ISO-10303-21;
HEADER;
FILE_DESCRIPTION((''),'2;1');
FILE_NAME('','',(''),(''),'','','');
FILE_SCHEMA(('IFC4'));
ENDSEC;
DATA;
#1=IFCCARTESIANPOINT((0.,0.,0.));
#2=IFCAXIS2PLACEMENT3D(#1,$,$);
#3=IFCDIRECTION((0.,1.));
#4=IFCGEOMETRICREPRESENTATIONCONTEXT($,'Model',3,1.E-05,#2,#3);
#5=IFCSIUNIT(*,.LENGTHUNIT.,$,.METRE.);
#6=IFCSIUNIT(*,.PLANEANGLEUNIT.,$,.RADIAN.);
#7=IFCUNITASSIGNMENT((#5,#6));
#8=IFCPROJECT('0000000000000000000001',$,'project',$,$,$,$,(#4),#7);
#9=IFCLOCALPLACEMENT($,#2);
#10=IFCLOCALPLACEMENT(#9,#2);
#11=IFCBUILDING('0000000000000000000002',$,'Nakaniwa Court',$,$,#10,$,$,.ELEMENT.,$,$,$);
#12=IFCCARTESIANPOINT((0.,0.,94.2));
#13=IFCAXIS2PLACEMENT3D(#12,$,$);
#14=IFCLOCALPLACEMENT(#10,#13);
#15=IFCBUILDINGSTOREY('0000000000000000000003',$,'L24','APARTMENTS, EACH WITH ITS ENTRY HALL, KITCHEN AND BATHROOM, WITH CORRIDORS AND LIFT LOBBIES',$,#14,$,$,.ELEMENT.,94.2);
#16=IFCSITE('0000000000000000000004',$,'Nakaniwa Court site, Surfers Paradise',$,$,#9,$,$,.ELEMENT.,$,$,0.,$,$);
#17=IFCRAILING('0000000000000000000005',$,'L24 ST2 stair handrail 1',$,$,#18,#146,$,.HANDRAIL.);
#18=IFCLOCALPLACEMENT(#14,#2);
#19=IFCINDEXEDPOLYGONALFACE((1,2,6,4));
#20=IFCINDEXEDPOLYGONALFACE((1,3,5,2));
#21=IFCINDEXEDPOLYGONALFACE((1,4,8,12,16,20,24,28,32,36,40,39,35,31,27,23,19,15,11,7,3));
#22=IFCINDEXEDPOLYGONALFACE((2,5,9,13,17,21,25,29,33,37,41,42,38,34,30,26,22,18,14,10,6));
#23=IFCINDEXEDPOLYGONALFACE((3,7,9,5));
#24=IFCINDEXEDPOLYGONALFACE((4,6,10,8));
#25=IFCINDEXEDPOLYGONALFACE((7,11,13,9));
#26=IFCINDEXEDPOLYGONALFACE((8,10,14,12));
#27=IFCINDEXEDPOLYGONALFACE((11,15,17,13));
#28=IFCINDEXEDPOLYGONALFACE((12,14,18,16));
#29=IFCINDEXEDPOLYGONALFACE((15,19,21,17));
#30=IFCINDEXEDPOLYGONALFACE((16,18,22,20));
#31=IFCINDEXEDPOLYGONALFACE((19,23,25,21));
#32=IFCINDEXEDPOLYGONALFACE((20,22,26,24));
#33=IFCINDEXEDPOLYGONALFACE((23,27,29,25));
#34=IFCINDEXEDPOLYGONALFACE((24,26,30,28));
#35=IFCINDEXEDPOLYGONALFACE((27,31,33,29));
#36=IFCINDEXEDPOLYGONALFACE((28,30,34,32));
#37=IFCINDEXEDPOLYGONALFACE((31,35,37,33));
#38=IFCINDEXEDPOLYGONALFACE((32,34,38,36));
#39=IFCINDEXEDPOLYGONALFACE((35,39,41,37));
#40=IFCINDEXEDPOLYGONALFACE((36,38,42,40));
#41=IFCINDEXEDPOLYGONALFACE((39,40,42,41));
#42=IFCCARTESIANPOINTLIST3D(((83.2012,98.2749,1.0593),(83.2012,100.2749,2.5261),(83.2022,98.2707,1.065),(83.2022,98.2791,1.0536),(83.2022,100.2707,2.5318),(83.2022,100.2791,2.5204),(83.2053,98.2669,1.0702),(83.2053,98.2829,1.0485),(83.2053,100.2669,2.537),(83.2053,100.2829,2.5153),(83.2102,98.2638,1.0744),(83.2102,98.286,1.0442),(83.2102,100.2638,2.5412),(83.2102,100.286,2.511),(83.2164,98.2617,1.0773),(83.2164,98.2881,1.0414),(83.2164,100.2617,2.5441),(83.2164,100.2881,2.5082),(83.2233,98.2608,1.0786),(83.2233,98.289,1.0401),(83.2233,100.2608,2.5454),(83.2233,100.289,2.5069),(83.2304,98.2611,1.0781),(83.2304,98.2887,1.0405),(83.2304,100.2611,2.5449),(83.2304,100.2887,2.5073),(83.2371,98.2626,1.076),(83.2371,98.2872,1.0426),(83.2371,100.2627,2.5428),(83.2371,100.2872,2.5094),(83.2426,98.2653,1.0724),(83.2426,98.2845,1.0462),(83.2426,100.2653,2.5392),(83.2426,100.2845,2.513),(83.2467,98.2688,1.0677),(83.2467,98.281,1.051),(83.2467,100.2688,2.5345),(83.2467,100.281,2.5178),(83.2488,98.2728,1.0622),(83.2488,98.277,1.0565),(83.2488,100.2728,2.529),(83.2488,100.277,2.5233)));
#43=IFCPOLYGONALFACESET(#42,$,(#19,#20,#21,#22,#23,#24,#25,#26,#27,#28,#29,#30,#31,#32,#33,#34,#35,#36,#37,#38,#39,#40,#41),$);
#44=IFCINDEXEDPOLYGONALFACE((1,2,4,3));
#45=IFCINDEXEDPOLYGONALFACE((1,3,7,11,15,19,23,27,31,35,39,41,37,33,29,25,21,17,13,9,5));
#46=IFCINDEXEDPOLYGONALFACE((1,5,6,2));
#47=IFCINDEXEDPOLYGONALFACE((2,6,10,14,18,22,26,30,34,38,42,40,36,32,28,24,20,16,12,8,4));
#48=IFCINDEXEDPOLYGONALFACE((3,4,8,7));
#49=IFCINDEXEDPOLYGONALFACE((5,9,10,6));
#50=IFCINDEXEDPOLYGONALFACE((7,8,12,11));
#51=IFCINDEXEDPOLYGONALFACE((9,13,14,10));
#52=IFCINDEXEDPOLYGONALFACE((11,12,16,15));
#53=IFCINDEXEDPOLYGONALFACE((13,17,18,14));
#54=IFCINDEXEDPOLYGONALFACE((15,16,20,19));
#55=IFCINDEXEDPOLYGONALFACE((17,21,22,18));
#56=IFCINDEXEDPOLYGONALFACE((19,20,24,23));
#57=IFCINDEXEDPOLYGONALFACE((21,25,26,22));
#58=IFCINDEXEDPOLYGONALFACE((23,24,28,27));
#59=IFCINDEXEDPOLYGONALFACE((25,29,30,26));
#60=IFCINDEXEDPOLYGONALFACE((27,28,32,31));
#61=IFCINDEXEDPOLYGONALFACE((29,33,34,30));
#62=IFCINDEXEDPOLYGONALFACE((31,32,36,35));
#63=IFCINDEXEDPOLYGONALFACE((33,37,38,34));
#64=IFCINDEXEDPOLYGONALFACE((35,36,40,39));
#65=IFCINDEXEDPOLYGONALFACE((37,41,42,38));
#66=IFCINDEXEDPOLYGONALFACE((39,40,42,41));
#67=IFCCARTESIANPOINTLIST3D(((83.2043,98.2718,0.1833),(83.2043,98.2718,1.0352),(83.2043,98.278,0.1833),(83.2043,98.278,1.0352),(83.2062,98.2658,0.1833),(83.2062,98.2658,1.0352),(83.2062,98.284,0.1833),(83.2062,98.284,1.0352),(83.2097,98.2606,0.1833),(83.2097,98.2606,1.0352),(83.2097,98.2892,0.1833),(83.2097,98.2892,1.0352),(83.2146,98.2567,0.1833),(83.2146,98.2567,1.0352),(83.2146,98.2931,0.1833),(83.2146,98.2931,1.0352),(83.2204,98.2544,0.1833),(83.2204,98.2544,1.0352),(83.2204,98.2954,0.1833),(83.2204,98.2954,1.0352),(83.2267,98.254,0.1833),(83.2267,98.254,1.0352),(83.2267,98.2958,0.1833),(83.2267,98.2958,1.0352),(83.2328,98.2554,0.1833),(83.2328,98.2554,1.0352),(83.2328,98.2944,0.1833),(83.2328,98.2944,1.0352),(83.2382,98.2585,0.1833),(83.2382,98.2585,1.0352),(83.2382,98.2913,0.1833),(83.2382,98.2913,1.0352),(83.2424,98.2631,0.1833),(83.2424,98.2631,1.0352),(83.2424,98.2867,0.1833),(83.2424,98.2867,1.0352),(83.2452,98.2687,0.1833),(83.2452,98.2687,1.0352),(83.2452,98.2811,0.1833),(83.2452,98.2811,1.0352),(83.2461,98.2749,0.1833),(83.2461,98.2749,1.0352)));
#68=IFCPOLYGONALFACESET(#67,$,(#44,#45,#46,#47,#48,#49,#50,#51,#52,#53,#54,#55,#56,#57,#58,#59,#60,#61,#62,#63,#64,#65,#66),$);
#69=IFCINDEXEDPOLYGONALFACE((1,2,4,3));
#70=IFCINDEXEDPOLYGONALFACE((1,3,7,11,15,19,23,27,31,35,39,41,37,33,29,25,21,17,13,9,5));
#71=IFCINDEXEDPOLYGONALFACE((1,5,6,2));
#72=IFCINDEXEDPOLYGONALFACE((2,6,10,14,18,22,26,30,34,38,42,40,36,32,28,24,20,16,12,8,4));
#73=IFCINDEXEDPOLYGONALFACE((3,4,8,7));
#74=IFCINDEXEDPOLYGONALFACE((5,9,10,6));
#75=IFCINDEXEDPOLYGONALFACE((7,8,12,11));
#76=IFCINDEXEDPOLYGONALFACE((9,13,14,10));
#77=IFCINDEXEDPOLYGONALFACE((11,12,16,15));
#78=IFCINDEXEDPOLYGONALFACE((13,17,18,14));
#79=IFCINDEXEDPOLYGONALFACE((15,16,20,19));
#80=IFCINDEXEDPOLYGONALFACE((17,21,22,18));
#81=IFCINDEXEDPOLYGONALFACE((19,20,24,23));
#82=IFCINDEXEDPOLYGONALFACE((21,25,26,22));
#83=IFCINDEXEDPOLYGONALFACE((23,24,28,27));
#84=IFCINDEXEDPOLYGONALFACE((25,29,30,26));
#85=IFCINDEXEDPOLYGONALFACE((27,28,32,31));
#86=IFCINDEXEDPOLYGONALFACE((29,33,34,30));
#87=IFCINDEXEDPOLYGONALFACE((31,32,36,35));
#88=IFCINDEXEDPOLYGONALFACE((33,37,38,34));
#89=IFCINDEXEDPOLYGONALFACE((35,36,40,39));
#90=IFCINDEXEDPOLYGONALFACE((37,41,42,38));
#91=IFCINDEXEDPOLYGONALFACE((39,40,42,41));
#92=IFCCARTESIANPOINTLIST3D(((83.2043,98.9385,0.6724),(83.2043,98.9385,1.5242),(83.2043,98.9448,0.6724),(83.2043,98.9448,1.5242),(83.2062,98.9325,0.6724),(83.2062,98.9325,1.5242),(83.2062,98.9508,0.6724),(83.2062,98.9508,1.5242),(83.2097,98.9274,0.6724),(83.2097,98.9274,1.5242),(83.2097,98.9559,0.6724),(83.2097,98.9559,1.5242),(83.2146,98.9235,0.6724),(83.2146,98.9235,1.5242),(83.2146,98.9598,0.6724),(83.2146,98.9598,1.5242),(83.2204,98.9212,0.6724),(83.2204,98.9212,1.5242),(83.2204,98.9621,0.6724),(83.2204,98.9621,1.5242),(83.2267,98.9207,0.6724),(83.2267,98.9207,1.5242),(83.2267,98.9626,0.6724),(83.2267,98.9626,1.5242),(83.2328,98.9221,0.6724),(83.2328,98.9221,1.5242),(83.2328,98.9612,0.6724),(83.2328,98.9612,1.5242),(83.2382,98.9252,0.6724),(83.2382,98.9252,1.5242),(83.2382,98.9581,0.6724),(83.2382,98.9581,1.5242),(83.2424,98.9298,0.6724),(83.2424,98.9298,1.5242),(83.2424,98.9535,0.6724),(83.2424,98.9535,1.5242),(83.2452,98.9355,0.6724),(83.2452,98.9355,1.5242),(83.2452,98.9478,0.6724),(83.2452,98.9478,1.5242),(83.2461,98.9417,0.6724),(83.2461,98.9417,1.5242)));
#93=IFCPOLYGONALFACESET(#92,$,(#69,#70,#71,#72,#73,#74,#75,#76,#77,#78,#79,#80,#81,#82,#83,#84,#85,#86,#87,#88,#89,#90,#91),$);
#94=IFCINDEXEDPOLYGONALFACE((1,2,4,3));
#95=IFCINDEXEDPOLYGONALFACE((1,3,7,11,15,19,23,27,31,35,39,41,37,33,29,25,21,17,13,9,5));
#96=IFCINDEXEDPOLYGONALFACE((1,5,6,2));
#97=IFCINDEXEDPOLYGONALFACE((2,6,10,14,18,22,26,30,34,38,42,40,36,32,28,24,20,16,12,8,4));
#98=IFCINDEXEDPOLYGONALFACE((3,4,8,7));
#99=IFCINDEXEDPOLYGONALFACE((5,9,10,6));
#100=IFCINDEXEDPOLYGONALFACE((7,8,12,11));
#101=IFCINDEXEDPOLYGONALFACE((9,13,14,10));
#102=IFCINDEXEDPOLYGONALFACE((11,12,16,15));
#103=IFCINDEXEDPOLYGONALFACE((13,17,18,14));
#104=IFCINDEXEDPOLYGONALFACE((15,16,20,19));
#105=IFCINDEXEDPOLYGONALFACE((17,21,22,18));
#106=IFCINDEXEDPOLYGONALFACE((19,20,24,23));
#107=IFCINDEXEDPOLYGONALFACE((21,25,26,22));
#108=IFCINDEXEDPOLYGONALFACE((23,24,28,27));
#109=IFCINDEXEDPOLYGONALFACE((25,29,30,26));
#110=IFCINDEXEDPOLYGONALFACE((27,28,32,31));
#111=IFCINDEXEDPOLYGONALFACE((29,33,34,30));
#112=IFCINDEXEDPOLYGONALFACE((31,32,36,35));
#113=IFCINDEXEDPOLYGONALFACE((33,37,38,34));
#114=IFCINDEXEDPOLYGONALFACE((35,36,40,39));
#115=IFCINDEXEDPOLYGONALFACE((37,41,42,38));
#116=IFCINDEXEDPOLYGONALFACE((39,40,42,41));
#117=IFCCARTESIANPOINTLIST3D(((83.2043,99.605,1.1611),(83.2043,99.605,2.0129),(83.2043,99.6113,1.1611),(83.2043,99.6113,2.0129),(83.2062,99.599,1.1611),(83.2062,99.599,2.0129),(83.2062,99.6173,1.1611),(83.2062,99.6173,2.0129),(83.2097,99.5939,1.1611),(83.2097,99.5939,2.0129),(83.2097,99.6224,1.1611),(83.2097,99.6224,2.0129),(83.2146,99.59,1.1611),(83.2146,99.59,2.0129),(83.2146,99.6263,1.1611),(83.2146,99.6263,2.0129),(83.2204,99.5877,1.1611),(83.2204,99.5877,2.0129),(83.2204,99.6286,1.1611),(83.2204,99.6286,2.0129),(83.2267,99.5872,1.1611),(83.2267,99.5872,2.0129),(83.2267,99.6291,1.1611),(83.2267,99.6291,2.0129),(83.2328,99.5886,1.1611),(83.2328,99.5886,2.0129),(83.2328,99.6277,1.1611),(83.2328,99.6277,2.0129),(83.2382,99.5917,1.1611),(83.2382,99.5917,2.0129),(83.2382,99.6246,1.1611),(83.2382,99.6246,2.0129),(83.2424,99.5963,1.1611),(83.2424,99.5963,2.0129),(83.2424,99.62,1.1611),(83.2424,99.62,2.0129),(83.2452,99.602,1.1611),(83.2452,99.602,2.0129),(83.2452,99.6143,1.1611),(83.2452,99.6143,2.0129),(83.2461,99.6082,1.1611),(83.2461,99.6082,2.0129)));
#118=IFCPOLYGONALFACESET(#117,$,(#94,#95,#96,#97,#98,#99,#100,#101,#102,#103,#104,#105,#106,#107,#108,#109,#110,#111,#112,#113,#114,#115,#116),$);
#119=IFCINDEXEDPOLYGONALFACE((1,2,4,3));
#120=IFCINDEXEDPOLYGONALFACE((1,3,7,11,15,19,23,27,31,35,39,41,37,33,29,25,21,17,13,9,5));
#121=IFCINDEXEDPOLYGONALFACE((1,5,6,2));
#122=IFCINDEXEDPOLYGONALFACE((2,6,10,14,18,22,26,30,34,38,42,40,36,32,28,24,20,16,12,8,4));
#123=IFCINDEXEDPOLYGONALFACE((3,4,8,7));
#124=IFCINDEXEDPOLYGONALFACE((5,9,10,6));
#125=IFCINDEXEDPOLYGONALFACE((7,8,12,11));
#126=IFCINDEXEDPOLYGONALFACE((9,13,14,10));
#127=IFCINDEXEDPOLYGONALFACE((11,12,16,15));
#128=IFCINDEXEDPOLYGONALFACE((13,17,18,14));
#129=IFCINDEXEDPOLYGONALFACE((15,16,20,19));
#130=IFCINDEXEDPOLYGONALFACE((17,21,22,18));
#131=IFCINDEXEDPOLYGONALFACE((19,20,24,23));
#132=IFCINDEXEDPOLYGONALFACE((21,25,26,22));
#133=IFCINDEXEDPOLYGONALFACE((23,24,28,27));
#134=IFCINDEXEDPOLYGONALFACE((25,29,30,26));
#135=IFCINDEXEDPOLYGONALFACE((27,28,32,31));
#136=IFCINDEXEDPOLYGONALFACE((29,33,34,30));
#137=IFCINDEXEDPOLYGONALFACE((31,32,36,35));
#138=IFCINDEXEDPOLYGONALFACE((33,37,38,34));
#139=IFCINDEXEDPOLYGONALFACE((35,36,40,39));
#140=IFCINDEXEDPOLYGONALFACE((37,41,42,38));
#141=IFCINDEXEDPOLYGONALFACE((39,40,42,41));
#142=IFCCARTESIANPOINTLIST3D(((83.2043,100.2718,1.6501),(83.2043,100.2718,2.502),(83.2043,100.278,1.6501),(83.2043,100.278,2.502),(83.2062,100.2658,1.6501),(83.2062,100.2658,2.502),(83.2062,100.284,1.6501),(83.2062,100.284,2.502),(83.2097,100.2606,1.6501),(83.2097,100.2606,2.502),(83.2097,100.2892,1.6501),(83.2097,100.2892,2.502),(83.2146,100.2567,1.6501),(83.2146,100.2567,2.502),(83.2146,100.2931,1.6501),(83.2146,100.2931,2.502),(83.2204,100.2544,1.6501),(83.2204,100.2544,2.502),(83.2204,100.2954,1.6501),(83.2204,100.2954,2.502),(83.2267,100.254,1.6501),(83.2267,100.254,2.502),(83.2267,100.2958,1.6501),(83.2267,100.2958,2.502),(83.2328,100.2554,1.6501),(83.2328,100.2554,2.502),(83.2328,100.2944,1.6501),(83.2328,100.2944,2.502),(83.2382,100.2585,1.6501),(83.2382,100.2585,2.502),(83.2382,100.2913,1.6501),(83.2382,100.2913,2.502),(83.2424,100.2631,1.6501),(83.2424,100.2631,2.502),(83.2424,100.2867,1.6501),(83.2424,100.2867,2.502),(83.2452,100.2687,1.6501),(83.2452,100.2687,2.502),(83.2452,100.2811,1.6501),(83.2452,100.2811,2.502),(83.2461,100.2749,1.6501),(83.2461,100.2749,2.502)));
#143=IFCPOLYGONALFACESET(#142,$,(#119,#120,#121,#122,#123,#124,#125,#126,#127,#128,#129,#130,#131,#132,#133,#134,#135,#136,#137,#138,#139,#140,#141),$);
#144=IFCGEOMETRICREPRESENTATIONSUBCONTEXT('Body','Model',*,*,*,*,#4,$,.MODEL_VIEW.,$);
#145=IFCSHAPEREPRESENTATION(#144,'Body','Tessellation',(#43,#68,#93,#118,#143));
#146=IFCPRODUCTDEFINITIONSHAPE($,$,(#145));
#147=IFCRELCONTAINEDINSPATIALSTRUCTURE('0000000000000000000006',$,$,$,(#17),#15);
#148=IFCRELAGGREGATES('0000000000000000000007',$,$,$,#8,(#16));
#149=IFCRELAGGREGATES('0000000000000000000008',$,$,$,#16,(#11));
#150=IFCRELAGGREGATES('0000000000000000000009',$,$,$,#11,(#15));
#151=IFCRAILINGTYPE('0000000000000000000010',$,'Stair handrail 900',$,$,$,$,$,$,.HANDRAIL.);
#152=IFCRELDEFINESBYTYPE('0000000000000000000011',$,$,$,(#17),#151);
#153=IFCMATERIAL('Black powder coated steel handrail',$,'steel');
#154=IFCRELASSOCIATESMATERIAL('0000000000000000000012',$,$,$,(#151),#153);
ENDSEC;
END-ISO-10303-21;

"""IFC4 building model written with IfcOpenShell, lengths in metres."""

from ifc_helpers import new_model, si_unit, direction, frame, origin, origin_2d, place, context, subcontext, project, spatial, circle, extrude, material, type_object, element, save


model = new_model("IFC4")

# Units and contexts
model_context = context("Model", 3, precision=1e-05, world=origin(), true_north=direction((0.0, 1.0)))
body_context = subcontext(model_context, "Body", "Model", "MODEL_VIEW")
ifc_project = project(units=[si_unit("LENGTHUNIT", "METRE"), si_unit("PLANEANGLEUNIT", "RADIAN")], contexts=[model_context])

# Site, building, storey
site_placement = place(None, origin())
site = spatial("IfcSite", under=ifc_project, at=site_placement, Name="Nakaniwa Court site, Surfers Paradise", CompositionType="ELEMENT", RefElevation=0.0)
building_placement = place(site_placement, origin())
building = spatial("IfcBuilding", under=site, at=building_placement, Name="Nakaniwa Court", CompositionType="ELEMENT")
storey_placement = place(building_placement, frame((0.0, 0.0, 94.2)))
storey = spatial("IfcBuildingStorey", under=building, at=storey_placement, Name="L24", Description="APARTMENTS, EACH WITH ITS ENTRY HALL, KITCHEN AND BATHROOM, WITH CORRIDORS AND LIFT LOBBIES", CompositionType="ELEMENT", Elevation=94.2)

# Railing
ifc_material_1 = material(Name="Black powder coated steel handrail", Category="steel")
railing_type_1 = type_object("IfcRailingType", Name="Stair handrail 900", PredefinedType="HANDRAIL", material=ifc_material_1)
railing_1_placement = place(storey_placement, frame((83.2251, 98.2749, 0.1833)))
element("IfcRailing", 1, at=railing_1_placement, inside=storey, type_object=railing_type_1, Name="L24 ST2 stair handrail 1", PredefinedType="HANDRAIL", context=body_context, shape_type="SweptSolid", body=[
    extrude(circle(Radius=0.0239, at=origin_2d()), frame((0.0, 0.0, 0.876), z_axis=(0.0, 0.80638, 0.591398), x_axis=(-1.0, 0.0, 0.0)), (0.0, 0.0, 1.0), 2.4802),
    extrude(circle(Radius=0.021, at=origin_2d()), origin(), (0.0, 0.0, 1.0), 0.8518),
    extrude(circle(Radius=0.021, at=origin_2d()), frame((0.0, 0.6667, 0.489)), (0.0, 0.0, 1.0), 0.8518),
    extrude(circle(Radius=0.021, at=origin_2d()), frame((0.0, 1.3333, 0.9778)), (0.0, 0.0, 1.0), 0.8518),
    extrude(circle(Radius=0.021, at=origin_2d()), frame((0.0, 2.0, 1.4668)), (0.0, 0.0, 1.0), 0.8518),
])

save(model, "model.ifc")
